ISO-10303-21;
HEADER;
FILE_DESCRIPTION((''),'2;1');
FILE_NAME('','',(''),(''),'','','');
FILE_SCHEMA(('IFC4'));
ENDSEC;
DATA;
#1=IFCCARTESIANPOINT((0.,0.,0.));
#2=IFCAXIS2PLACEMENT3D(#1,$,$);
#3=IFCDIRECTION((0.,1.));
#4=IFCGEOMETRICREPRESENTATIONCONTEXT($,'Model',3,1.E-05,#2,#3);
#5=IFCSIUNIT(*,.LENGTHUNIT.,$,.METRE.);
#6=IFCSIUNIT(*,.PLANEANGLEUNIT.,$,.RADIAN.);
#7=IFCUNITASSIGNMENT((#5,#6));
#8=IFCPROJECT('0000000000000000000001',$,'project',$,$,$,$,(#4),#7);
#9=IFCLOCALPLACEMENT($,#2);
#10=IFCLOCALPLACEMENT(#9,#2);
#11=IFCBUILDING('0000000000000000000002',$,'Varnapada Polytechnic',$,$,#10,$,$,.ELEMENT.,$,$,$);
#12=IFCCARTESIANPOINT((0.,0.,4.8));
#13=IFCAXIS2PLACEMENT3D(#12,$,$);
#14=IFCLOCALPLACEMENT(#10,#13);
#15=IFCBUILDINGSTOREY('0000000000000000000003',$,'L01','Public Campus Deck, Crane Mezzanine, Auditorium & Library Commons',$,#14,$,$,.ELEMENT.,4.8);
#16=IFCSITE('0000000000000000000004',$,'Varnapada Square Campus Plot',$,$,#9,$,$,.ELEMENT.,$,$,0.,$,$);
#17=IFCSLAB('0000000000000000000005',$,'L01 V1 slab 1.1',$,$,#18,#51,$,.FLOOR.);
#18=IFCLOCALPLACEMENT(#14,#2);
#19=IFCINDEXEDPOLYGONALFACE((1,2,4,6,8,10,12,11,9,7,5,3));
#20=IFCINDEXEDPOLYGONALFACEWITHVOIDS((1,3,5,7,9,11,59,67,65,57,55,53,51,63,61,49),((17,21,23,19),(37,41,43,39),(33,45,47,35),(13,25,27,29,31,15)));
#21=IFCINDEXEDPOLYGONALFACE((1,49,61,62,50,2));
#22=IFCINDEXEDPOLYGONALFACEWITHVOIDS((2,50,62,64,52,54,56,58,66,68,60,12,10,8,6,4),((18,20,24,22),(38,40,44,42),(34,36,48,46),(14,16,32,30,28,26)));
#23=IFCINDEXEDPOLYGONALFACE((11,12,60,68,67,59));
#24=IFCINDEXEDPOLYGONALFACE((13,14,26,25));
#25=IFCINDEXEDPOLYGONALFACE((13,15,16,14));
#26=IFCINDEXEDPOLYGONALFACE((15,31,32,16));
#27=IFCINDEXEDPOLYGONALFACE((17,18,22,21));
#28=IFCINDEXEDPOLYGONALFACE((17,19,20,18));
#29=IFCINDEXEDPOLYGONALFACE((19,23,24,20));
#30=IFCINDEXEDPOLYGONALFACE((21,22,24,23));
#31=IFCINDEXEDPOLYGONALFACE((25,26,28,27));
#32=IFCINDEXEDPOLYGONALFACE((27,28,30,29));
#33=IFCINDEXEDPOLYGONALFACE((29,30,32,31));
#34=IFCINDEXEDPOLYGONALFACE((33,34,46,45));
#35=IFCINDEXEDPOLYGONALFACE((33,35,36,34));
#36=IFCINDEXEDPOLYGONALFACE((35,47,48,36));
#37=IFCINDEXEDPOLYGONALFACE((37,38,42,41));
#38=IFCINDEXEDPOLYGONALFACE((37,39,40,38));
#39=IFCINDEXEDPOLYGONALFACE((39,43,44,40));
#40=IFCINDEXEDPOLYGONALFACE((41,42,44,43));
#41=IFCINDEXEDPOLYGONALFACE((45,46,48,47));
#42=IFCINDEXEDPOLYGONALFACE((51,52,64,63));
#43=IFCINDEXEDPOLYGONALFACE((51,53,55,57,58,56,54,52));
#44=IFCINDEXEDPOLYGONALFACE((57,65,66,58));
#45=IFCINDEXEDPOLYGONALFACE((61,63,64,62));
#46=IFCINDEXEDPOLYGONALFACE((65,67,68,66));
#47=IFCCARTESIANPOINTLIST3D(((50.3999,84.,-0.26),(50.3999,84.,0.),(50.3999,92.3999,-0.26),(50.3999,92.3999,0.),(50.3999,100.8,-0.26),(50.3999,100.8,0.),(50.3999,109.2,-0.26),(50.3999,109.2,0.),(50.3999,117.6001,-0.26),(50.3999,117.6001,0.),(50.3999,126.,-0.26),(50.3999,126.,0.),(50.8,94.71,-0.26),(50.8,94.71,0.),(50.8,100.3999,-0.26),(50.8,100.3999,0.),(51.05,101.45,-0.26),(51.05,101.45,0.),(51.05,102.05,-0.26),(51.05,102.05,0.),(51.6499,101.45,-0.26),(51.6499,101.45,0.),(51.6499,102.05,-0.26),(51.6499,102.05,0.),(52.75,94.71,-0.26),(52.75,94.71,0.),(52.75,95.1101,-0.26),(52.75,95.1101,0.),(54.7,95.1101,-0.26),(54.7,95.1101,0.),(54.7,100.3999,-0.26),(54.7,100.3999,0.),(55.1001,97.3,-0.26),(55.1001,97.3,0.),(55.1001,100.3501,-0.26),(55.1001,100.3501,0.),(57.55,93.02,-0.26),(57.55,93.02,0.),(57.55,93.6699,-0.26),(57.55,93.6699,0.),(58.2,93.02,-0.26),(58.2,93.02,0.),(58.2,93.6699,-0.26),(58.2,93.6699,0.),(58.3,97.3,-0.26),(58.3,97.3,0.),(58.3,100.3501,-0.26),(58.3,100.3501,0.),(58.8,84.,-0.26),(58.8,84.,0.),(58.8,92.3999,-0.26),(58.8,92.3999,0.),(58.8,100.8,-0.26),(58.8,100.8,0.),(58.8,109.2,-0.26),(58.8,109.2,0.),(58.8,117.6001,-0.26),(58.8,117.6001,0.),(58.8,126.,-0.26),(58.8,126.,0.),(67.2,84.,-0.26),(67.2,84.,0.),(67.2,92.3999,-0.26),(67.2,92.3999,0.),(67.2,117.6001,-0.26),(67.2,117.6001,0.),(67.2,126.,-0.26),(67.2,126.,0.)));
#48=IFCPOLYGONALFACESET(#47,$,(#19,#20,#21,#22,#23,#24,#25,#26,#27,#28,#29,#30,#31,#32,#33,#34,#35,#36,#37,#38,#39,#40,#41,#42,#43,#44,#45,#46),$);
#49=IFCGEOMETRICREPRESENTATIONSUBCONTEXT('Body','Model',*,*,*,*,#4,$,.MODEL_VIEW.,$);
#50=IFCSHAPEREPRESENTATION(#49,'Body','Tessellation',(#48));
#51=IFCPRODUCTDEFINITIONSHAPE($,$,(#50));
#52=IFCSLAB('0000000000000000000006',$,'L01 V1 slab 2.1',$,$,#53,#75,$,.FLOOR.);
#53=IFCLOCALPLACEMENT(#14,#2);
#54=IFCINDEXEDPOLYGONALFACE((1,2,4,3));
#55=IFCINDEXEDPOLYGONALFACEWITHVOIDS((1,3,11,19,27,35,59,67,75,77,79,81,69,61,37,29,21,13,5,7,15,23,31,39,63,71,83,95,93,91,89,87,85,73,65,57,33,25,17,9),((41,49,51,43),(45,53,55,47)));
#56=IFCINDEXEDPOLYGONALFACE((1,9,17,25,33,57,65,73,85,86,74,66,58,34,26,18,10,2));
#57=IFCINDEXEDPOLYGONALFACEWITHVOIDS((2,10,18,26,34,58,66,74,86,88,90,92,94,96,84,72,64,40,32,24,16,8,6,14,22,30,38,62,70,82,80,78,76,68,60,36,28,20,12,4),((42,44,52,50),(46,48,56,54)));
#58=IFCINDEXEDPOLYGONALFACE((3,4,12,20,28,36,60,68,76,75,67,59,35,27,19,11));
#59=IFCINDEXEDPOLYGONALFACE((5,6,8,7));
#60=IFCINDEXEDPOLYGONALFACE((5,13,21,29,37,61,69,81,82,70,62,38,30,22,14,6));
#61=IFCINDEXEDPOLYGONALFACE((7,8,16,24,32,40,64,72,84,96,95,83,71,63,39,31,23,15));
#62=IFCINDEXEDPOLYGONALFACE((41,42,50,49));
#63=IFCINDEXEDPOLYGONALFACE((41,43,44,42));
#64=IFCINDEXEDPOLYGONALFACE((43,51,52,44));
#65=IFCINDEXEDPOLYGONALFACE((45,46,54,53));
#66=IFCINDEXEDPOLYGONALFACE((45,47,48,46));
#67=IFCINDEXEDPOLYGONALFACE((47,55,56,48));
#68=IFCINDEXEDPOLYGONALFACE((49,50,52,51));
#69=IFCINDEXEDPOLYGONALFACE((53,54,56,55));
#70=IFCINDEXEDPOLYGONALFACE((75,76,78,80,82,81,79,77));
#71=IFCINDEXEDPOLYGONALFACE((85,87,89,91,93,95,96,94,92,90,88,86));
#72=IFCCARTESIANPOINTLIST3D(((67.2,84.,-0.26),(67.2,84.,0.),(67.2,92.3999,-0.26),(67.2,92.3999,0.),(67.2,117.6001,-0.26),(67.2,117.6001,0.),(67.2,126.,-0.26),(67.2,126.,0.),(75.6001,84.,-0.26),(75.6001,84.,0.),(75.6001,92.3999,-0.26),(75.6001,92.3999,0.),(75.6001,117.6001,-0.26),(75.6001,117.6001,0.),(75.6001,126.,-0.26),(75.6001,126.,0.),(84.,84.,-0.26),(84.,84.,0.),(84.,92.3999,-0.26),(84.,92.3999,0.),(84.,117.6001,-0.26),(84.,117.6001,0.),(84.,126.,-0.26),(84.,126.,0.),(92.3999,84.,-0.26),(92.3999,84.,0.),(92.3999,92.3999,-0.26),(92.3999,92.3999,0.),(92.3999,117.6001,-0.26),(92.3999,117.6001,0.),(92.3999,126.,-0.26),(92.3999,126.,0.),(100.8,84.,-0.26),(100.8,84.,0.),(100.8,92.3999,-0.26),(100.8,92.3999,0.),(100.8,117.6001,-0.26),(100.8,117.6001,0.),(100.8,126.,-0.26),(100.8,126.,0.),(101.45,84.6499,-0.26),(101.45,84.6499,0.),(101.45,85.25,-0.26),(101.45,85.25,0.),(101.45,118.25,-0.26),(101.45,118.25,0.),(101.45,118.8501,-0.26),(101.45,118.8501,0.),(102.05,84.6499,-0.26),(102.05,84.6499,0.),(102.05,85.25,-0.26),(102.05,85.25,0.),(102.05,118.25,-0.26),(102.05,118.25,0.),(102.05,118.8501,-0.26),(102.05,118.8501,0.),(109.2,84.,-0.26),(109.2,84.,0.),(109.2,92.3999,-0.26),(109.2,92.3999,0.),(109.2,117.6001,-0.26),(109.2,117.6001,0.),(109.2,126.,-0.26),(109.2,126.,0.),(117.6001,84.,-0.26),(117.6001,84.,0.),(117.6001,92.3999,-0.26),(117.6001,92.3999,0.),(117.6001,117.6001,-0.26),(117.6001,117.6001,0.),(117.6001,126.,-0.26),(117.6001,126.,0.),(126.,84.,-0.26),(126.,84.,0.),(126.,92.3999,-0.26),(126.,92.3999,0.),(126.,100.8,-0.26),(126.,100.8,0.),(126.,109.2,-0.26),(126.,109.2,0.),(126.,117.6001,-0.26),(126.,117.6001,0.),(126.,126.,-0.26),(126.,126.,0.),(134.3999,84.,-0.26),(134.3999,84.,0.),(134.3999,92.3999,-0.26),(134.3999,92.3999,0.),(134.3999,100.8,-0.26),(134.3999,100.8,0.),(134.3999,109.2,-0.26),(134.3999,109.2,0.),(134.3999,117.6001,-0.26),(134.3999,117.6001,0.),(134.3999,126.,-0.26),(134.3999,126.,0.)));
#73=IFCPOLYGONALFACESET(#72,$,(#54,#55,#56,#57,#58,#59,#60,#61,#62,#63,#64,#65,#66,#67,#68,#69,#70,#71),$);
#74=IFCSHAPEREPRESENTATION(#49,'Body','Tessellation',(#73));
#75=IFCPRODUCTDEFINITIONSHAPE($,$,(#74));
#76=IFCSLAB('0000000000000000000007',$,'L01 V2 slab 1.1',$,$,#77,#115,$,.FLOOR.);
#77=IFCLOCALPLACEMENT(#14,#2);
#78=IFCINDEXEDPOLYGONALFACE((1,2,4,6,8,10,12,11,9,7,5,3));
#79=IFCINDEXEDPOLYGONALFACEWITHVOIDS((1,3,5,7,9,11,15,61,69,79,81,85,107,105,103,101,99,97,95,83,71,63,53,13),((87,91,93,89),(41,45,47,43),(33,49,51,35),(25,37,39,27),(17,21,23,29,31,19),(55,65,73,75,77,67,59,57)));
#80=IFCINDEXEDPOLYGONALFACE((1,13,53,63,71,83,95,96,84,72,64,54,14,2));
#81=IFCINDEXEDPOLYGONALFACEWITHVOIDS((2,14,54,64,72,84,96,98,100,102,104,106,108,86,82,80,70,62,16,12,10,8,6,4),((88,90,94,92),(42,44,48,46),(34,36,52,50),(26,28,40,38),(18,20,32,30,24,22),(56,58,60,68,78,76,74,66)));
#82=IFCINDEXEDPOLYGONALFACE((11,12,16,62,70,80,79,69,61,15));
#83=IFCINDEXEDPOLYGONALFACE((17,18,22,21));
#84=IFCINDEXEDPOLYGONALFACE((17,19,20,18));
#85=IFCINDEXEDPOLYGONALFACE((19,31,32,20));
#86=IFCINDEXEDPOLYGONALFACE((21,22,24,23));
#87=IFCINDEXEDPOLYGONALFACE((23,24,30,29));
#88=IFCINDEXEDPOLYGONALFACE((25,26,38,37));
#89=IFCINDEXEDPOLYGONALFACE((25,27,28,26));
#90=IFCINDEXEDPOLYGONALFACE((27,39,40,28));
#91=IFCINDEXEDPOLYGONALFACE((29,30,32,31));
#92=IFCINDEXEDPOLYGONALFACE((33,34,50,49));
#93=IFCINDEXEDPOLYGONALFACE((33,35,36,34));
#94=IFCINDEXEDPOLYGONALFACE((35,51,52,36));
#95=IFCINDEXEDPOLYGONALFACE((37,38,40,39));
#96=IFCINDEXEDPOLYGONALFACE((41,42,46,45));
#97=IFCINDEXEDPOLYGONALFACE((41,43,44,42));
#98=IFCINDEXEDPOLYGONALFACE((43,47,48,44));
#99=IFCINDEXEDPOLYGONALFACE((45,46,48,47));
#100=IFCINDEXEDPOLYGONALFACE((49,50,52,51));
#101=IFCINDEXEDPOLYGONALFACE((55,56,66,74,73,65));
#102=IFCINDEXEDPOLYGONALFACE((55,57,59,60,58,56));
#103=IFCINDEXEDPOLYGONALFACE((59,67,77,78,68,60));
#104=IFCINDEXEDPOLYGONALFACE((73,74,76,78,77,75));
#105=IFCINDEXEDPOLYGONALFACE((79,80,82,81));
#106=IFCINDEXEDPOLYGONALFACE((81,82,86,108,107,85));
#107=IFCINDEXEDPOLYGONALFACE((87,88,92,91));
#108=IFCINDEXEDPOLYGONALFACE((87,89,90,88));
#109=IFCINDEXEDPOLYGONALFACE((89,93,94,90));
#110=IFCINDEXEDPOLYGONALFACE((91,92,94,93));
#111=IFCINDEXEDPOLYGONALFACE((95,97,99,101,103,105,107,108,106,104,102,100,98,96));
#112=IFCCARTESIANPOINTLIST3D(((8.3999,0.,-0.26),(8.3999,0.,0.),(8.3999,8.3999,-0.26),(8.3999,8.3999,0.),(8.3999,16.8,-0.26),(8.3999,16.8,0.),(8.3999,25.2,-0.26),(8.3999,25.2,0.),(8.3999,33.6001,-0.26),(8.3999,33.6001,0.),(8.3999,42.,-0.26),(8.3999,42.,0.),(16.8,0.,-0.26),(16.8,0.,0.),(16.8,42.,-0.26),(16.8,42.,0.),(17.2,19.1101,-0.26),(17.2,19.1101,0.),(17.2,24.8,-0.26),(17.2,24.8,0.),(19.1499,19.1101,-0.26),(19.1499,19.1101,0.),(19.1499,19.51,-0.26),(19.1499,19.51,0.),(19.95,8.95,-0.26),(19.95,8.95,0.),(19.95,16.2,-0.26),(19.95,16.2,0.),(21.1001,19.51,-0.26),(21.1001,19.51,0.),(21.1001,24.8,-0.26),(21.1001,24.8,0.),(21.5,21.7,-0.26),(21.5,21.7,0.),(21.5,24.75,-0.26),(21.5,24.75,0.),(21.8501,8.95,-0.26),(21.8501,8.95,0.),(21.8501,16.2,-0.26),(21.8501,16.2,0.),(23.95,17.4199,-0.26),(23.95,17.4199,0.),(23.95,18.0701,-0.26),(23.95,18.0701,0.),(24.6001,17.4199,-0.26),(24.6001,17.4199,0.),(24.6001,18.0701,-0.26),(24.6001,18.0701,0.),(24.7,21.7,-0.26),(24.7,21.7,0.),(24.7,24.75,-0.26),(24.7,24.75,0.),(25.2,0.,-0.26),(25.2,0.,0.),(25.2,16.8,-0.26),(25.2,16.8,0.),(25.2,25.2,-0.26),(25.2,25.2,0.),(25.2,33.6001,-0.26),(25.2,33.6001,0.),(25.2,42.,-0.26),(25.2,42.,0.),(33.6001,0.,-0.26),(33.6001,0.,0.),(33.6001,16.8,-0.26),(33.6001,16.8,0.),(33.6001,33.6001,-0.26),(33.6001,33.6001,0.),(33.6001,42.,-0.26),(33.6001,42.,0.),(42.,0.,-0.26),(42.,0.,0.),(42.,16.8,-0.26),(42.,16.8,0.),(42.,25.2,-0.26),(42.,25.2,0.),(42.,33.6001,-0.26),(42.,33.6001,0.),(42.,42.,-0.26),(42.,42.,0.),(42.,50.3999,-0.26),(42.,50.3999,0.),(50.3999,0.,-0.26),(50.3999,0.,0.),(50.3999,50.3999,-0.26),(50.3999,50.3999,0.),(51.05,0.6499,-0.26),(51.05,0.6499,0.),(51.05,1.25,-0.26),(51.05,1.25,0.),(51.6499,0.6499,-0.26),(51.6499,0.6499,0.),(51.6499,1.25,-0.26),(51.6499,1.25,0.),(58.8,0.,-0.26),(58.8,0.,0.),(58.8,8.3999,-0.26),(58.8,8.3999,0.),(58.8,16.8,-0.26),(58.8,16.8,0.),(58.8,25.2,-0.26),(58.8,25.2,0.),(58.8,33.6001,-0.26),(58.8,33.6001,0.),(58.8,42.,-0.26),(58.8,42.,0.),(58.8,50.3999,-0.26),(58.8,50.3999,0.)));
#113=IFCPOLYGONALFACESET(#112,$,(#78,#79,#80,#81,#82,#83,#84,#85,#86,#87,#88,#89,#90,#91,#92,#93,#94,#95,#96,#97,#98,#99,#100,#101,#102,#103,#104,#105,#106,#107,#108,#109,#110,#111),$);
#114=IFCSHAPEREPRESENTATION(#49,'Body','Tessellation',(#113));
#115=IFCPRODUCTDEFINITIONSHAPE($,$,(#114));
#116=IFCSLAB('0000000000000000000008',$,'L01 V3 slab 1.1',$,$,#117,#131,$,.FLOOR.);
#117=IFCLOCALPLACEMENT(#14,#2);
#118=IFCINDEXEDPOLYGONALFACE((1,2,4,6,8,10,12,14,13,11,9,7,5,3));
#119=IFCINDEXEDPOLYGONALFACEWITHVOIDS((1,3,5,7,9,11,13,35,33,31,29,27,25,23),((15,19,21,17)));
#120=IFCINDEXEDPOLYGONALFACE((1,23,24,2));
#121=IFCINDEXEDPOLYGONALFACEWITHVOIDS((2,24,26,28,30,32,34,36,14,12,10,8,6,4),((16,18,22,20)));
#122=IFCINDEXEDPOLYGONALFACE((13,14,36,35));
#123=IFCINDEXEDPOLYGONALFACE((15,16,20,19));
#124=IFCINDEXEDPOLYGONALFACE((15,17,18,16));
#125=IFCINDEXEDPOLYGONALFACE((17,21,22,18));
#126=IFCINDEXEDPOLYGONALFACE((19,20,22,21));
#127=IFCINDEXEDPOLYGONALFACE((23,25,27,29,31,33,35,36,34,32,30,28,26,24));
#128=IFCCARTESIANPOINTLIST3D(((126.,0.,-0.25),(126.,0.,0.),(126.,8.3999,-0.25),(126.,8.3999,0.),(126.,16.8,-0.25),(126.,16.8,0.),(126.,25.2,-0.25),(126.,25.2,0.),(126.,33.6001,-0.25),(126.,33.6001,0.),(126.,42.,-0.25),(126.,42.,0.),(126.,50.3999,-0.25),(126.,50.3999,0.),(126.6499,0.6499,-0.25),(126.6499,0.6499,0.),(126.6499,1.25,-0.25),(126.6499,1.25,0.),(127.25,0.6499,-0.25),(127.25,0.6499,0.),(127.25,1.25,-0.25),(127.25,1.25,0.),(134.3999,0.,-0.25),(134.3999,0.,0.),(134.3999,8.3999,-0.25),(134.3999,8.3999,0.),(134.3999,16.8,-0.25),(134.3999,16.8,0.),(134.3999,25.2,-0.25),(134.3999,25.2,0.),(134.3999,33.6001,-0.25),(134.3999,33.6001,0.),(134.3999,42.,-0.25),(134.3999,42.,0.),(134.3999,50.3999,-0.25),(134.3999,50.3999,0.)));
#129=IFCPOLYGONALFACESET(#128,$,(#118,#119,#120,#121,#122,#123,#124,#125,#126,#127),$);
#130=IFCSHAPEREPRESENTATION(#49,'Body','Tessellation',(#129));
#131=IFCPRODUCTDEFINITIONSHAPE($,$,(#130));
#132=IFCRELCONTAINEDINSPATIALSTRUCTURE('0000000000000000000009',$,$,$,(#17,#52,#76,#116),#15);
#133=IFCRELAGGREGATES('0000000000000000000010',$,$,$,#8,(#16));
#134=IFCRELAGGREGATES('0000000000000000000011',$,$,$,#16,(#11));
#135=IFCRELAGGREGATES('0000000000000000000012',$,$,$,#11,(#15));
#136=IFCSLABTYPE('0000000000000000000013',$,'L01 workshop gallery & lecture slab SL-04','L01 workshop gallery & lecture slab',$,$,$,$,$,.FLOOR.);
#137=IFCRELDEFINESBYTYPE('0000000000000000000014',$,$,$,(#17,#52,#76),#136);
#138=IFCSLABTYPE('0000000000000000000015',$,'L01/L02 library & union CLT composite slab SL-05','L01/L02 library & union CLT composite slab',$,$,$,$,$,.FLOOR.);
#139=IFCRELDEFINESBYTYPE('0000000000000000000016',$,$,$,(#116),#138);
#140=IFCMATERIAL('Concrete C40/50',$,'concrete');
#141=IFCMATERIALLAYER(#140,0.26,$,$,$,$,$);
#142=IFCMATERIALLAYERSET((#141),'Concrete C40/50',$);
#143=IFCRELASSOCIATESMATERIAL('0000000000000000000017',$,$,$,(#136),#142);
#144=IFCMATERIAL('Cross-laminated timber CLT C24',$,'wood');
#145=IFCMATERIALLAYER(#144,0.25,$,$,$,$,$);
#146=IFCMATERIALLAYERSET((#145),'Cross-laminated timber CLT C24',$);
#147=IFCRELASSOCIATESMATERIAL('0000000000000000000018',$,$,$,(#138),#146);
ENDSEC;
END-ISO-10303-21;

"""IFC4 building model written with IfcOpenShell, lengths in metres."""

from ifc_helpers import new_model, si_unit, direction, frame, origin, place, context, subcontext, project, spatial, polyline, outline, extrude, material, layer, layer_set, type_object, element, save


model = new_model("IFC4")

# Units and contexts
model_context = context("Model", 3, precision=1e-05, world=origin(), true_north=direction((0.0, 1.0)))
body_context = subcontext(model_context, "Body", "Model", "MODEL_VIEW")
ifc_project = project(units=[si_unit("LENGTHUNIT", "METRE"), si_unit("PLANEANGLEUNIT", "RADIAN")], contexts=[model_context])

# Site, building, storey
site_placement = place(None, origin())
site = spatial("IfcSite", under=ifc_project, at=site_placement, Name="Varnapada Square Campus Plot", CompositionType="ELEMENT", RefElevation=0.0)
building_placement = place(site_placement, origin())
building = spatial("IfcBuilding", under=site, at=building_placement, Name="Varnapada Polytechnic", CompositionType="ELEMENT")
storey_placement = place(building_placement, frame((0.0, 0.0, 4.8)))
storey = spatial("IfcBuildingStorey", under=building, at=storey_placement, Name="L01", Description="Public Campus Deck, Crane Mezzanine, Auditorium & Library Commons", CompositionType="ELEMENT", Elevation=4.8)

# Slabs
ifc_material_1 = material(Name="Concrete C40/50", Category="concrete")
ifc_layer_1 = layer(ifc_material_1, 0.26)
ifc_layer_set_1 = layer_set([ifc_layer_1], Name="Concrete C40/50")
slab_type_1 = type_object("IfcSlabType", Name="L01 workshop gallery & lecture slab SL-04", Description="L01 workshop gallery & lecture slab", PredefinedType="FLOOR", material=ifc_layer_set_1)
slab_1_placement = place(storey_placement, frame((0.0, 0.0, -0.26)))
element("IfcSlab", 1, at=slab_1_placement, inside=storey, type_object=slab_type_1, Name="L01 V1 slab 1.1", PredefinedType="FLOOR", context=body_context, shape_type="SweptSolid", body=[
    extrude(outline(polyline([(50.3999, 92.3999), (50.3999, 100.8), (50.3999, 109.2), (50.3999, 117.6001), (50.3999, 126.0), (58.8, 126.0), (67.2, 126.0), (67.2, 117.6001), (58.8, 117.6001), (58.8, 109.2), (58.8, 100.8), (58.8, 92.3999), (67.2, 92.3999), (67.2, 84.0), (58.8, 84.0), (50.3999, 84.0), (50.3999, 92.3999)]), holes=[polyline([(50.8, 94.71), (52.75, 94.71), (52.75, 95.1101), (54.7, 95.1101), (54.7, 100.3999), (50.8, 100.3999), (50.8, 94.71)]), polyline([(55.1001, 97.3), (58.3, 97.3), (58.3, 100.3501), (55.1001, 100.3501), (55.1001, 97.3)]), polyline([(57.55, 93.02), (58.2, 93.02), (58.2, 93.6699), (57.55, 93.6699), (57.55, 93.02)]), polyline([(51.05, 101.45), (51.6499, 101.45), (51.6499, 102.05), (51.05, 102.05), (51.05, 101.45)])]), origin(), (0.0, 0.0, 1.0), 0.26),
])
slab_2_placement = place(storey_placement, frame((0.0, 0.0, -0.26)))
element("IfcSlab", 2, at=slab_2_placement, inside=storey, type_object=slab_type_1, Name="L01 V1 slab 2.1", PredefinedType="FLOOR", context=body_context, shape_type="SweptSolid", body=[
    extrude(outline(polyline([(84.0, 92.3999), (92.3999, 92.3999), (100.8, 92.3999), (109.2, 92.3999), (117.6001, 92.3999), (126.0, 92.3999), (126.0, 100.8), (126.0, 109.2), (126.0, 117.6001), (117.6001, 117.6001), (109.2, 117.6001), (100.8, 117.6001), (92.3999, 117.6001), (84.0, 117.6001), (75.6001, 117.6001), (67.2, 117.6001), (67.2, 126.0), (75.6001, 126.0), (84.0, 126.0), (92.3999, 126.0), (100.8, 126.0), (109.2, 126.0), (117.6001, 126.0), (126.0, 126.0), (134.3999, 126.0), (134.3999, 117.6001), (134.3999, 109.2), (134.3999, 100.8), (134.3999, 92.3999), (134.3999, 84.0), (126.0, 84.0), (117.6001, 84.0), (109.2, 84.0), (100.8, 84.0), (92.3999, 84.0), (84.0, 84.0), (75.6001, 84.0), (67.2, 84.0), (67.2, 92.3999), (75.6001, 92.3999), (84.0, 92.3999)]), holes=[polyline([(101.45, 84.6499), (102.05, 84.6499), (102.05, 85.25), (101.45, 85.25), (101.45, 84.6499)]), polyline([(101.45, 118.25), (102.05, 118.25), (102.05, 118.8501), (101.45, 118.8501), (101.45, 118.25)])]), origin(), (0.0, 0.0, 1.0), 0.26),
])
slab_3_placement = place(storey_placement, frame((0.0, 0.0, -0.26)))
element("IfcSlab", 3, at=slab_3_placement, inside=storey, type_object=slab_type_1, Name="L01 V2 slab 1.1", PredefinedType="FLOOR", context=body_context, shape_type="SweptSolid", body=[
    extrude(outline(polyline([(8.3999, 25.2), (8.3999, 33.6001), (8.3999, 42.0), (16.8, 42.0), (25.2, 42.0), (33.6001, 42.0), (42.0, 42.0), (42.0, 50.3999), (50.3999, 50.3999), (58.8, 50.3999), (58.8, 42.0), (58.8, 33.6001), (58.8, 25.2), (58.8, 16.8), (58.8, 8.3999), (58.8, 0.0), (50.3999, 0.0), (42.0, 0.0), (33.6001, 0.0), (25.2, 0.0), (16.8, 0.0), (8.3999, 0.0), (8.3999, 8.3999), (8.3999, 16.8), (8.3999, 25.2)]), holes=[polyline([(25.2, 33.6001), (25.2, 25.2), (25.2, 16.8), (33.6001, 16.8), (42.0, 16.8), (42.0, 25.2), (42.0, 33.6001), (33.6001, 33.6001), (25.2, 33.6001)]), polyline([(17.2, 19.1101), (19.1499, 19.1101), (19.1499, 19.51), (21.1001, 19.51), (21.1001, 24.8), (17.2, 24.8), (17.2, 19.1101)]), polyline([(19.95, 8.95), (21.8501, 8.95), (21.8501, 16.2), (19.95, 16.2), (19.95, 8.95)]), polyline([(21.5, 21.7), (24.7, 21.7), (24.7, 24.75), (21.5, 24.75), (21.5, 21.7)]), polyline([(23.95, 17.4199), (24.6001, 17.4199), (24.6001, 18.0701), (23.95, 18.0701), (23.95, 17.4199)]), polyline([(51.05, 0.6499), (51.6499, 0.6499), (51.6499, 1.25), (51.05, 1.25), (51.05, 0.6499)])]), origin(), (0.0, 0.0, 1.0), 0.26),
])
ifc_material_2 = material(Name="Cross-laminated timber CLT C24", Category="wood")
ifc_layer_2 = layer(ifc_material_2, 0.25)
ifc_layer_set_2 = layer_set([ifc_layer_2], Name="Cross-laminated timber CLT C24")
slab_type_2 = type_object("IfcSlabType", Name="L01/L02 library & union CLT composite slab SL-05", Description="L01/L02 library & union CLT composite slab", PredefinedType="FLOOR", material=ifc_layer_set_2)
slab_4_placement = place(storey_placement, frame((0.0, 0.0, -0.25)))
element("IfcSlab", 4, at=slab_4_placement, inside=storey, type_object=slab_type_2, Name="L01 V3 slab 1.1", PredefinedType="FLOOR", context=body_context, shape_type="SweptSolid", body=[
    extrude(outline(polyline([(126.0, 0.0), (126.0, 8.3999), (126.0, 16.8), (126.0, 25.2), (126.0, 33.6001), (126.0, 42.0), (126.0, 50.3999), (134.3999, 50.3999), (134.3999, 42.0), (134.3999, 33.6001), (134.3999, 25.2), (134.3999, 16.8), (134.3999, 8.3999), (134.3999, 0.0), (126.0, 0.0)]), holes=[polyline([(126.6499, 0.6499), (127.25, 0.6499), (127.25, 1.25), (126.6499, 1.25), (126.6499, 0.6499)])]), origin(), (0.0, 0.0, 1.0), 0.25),
])

save(model, "model.ifc")
